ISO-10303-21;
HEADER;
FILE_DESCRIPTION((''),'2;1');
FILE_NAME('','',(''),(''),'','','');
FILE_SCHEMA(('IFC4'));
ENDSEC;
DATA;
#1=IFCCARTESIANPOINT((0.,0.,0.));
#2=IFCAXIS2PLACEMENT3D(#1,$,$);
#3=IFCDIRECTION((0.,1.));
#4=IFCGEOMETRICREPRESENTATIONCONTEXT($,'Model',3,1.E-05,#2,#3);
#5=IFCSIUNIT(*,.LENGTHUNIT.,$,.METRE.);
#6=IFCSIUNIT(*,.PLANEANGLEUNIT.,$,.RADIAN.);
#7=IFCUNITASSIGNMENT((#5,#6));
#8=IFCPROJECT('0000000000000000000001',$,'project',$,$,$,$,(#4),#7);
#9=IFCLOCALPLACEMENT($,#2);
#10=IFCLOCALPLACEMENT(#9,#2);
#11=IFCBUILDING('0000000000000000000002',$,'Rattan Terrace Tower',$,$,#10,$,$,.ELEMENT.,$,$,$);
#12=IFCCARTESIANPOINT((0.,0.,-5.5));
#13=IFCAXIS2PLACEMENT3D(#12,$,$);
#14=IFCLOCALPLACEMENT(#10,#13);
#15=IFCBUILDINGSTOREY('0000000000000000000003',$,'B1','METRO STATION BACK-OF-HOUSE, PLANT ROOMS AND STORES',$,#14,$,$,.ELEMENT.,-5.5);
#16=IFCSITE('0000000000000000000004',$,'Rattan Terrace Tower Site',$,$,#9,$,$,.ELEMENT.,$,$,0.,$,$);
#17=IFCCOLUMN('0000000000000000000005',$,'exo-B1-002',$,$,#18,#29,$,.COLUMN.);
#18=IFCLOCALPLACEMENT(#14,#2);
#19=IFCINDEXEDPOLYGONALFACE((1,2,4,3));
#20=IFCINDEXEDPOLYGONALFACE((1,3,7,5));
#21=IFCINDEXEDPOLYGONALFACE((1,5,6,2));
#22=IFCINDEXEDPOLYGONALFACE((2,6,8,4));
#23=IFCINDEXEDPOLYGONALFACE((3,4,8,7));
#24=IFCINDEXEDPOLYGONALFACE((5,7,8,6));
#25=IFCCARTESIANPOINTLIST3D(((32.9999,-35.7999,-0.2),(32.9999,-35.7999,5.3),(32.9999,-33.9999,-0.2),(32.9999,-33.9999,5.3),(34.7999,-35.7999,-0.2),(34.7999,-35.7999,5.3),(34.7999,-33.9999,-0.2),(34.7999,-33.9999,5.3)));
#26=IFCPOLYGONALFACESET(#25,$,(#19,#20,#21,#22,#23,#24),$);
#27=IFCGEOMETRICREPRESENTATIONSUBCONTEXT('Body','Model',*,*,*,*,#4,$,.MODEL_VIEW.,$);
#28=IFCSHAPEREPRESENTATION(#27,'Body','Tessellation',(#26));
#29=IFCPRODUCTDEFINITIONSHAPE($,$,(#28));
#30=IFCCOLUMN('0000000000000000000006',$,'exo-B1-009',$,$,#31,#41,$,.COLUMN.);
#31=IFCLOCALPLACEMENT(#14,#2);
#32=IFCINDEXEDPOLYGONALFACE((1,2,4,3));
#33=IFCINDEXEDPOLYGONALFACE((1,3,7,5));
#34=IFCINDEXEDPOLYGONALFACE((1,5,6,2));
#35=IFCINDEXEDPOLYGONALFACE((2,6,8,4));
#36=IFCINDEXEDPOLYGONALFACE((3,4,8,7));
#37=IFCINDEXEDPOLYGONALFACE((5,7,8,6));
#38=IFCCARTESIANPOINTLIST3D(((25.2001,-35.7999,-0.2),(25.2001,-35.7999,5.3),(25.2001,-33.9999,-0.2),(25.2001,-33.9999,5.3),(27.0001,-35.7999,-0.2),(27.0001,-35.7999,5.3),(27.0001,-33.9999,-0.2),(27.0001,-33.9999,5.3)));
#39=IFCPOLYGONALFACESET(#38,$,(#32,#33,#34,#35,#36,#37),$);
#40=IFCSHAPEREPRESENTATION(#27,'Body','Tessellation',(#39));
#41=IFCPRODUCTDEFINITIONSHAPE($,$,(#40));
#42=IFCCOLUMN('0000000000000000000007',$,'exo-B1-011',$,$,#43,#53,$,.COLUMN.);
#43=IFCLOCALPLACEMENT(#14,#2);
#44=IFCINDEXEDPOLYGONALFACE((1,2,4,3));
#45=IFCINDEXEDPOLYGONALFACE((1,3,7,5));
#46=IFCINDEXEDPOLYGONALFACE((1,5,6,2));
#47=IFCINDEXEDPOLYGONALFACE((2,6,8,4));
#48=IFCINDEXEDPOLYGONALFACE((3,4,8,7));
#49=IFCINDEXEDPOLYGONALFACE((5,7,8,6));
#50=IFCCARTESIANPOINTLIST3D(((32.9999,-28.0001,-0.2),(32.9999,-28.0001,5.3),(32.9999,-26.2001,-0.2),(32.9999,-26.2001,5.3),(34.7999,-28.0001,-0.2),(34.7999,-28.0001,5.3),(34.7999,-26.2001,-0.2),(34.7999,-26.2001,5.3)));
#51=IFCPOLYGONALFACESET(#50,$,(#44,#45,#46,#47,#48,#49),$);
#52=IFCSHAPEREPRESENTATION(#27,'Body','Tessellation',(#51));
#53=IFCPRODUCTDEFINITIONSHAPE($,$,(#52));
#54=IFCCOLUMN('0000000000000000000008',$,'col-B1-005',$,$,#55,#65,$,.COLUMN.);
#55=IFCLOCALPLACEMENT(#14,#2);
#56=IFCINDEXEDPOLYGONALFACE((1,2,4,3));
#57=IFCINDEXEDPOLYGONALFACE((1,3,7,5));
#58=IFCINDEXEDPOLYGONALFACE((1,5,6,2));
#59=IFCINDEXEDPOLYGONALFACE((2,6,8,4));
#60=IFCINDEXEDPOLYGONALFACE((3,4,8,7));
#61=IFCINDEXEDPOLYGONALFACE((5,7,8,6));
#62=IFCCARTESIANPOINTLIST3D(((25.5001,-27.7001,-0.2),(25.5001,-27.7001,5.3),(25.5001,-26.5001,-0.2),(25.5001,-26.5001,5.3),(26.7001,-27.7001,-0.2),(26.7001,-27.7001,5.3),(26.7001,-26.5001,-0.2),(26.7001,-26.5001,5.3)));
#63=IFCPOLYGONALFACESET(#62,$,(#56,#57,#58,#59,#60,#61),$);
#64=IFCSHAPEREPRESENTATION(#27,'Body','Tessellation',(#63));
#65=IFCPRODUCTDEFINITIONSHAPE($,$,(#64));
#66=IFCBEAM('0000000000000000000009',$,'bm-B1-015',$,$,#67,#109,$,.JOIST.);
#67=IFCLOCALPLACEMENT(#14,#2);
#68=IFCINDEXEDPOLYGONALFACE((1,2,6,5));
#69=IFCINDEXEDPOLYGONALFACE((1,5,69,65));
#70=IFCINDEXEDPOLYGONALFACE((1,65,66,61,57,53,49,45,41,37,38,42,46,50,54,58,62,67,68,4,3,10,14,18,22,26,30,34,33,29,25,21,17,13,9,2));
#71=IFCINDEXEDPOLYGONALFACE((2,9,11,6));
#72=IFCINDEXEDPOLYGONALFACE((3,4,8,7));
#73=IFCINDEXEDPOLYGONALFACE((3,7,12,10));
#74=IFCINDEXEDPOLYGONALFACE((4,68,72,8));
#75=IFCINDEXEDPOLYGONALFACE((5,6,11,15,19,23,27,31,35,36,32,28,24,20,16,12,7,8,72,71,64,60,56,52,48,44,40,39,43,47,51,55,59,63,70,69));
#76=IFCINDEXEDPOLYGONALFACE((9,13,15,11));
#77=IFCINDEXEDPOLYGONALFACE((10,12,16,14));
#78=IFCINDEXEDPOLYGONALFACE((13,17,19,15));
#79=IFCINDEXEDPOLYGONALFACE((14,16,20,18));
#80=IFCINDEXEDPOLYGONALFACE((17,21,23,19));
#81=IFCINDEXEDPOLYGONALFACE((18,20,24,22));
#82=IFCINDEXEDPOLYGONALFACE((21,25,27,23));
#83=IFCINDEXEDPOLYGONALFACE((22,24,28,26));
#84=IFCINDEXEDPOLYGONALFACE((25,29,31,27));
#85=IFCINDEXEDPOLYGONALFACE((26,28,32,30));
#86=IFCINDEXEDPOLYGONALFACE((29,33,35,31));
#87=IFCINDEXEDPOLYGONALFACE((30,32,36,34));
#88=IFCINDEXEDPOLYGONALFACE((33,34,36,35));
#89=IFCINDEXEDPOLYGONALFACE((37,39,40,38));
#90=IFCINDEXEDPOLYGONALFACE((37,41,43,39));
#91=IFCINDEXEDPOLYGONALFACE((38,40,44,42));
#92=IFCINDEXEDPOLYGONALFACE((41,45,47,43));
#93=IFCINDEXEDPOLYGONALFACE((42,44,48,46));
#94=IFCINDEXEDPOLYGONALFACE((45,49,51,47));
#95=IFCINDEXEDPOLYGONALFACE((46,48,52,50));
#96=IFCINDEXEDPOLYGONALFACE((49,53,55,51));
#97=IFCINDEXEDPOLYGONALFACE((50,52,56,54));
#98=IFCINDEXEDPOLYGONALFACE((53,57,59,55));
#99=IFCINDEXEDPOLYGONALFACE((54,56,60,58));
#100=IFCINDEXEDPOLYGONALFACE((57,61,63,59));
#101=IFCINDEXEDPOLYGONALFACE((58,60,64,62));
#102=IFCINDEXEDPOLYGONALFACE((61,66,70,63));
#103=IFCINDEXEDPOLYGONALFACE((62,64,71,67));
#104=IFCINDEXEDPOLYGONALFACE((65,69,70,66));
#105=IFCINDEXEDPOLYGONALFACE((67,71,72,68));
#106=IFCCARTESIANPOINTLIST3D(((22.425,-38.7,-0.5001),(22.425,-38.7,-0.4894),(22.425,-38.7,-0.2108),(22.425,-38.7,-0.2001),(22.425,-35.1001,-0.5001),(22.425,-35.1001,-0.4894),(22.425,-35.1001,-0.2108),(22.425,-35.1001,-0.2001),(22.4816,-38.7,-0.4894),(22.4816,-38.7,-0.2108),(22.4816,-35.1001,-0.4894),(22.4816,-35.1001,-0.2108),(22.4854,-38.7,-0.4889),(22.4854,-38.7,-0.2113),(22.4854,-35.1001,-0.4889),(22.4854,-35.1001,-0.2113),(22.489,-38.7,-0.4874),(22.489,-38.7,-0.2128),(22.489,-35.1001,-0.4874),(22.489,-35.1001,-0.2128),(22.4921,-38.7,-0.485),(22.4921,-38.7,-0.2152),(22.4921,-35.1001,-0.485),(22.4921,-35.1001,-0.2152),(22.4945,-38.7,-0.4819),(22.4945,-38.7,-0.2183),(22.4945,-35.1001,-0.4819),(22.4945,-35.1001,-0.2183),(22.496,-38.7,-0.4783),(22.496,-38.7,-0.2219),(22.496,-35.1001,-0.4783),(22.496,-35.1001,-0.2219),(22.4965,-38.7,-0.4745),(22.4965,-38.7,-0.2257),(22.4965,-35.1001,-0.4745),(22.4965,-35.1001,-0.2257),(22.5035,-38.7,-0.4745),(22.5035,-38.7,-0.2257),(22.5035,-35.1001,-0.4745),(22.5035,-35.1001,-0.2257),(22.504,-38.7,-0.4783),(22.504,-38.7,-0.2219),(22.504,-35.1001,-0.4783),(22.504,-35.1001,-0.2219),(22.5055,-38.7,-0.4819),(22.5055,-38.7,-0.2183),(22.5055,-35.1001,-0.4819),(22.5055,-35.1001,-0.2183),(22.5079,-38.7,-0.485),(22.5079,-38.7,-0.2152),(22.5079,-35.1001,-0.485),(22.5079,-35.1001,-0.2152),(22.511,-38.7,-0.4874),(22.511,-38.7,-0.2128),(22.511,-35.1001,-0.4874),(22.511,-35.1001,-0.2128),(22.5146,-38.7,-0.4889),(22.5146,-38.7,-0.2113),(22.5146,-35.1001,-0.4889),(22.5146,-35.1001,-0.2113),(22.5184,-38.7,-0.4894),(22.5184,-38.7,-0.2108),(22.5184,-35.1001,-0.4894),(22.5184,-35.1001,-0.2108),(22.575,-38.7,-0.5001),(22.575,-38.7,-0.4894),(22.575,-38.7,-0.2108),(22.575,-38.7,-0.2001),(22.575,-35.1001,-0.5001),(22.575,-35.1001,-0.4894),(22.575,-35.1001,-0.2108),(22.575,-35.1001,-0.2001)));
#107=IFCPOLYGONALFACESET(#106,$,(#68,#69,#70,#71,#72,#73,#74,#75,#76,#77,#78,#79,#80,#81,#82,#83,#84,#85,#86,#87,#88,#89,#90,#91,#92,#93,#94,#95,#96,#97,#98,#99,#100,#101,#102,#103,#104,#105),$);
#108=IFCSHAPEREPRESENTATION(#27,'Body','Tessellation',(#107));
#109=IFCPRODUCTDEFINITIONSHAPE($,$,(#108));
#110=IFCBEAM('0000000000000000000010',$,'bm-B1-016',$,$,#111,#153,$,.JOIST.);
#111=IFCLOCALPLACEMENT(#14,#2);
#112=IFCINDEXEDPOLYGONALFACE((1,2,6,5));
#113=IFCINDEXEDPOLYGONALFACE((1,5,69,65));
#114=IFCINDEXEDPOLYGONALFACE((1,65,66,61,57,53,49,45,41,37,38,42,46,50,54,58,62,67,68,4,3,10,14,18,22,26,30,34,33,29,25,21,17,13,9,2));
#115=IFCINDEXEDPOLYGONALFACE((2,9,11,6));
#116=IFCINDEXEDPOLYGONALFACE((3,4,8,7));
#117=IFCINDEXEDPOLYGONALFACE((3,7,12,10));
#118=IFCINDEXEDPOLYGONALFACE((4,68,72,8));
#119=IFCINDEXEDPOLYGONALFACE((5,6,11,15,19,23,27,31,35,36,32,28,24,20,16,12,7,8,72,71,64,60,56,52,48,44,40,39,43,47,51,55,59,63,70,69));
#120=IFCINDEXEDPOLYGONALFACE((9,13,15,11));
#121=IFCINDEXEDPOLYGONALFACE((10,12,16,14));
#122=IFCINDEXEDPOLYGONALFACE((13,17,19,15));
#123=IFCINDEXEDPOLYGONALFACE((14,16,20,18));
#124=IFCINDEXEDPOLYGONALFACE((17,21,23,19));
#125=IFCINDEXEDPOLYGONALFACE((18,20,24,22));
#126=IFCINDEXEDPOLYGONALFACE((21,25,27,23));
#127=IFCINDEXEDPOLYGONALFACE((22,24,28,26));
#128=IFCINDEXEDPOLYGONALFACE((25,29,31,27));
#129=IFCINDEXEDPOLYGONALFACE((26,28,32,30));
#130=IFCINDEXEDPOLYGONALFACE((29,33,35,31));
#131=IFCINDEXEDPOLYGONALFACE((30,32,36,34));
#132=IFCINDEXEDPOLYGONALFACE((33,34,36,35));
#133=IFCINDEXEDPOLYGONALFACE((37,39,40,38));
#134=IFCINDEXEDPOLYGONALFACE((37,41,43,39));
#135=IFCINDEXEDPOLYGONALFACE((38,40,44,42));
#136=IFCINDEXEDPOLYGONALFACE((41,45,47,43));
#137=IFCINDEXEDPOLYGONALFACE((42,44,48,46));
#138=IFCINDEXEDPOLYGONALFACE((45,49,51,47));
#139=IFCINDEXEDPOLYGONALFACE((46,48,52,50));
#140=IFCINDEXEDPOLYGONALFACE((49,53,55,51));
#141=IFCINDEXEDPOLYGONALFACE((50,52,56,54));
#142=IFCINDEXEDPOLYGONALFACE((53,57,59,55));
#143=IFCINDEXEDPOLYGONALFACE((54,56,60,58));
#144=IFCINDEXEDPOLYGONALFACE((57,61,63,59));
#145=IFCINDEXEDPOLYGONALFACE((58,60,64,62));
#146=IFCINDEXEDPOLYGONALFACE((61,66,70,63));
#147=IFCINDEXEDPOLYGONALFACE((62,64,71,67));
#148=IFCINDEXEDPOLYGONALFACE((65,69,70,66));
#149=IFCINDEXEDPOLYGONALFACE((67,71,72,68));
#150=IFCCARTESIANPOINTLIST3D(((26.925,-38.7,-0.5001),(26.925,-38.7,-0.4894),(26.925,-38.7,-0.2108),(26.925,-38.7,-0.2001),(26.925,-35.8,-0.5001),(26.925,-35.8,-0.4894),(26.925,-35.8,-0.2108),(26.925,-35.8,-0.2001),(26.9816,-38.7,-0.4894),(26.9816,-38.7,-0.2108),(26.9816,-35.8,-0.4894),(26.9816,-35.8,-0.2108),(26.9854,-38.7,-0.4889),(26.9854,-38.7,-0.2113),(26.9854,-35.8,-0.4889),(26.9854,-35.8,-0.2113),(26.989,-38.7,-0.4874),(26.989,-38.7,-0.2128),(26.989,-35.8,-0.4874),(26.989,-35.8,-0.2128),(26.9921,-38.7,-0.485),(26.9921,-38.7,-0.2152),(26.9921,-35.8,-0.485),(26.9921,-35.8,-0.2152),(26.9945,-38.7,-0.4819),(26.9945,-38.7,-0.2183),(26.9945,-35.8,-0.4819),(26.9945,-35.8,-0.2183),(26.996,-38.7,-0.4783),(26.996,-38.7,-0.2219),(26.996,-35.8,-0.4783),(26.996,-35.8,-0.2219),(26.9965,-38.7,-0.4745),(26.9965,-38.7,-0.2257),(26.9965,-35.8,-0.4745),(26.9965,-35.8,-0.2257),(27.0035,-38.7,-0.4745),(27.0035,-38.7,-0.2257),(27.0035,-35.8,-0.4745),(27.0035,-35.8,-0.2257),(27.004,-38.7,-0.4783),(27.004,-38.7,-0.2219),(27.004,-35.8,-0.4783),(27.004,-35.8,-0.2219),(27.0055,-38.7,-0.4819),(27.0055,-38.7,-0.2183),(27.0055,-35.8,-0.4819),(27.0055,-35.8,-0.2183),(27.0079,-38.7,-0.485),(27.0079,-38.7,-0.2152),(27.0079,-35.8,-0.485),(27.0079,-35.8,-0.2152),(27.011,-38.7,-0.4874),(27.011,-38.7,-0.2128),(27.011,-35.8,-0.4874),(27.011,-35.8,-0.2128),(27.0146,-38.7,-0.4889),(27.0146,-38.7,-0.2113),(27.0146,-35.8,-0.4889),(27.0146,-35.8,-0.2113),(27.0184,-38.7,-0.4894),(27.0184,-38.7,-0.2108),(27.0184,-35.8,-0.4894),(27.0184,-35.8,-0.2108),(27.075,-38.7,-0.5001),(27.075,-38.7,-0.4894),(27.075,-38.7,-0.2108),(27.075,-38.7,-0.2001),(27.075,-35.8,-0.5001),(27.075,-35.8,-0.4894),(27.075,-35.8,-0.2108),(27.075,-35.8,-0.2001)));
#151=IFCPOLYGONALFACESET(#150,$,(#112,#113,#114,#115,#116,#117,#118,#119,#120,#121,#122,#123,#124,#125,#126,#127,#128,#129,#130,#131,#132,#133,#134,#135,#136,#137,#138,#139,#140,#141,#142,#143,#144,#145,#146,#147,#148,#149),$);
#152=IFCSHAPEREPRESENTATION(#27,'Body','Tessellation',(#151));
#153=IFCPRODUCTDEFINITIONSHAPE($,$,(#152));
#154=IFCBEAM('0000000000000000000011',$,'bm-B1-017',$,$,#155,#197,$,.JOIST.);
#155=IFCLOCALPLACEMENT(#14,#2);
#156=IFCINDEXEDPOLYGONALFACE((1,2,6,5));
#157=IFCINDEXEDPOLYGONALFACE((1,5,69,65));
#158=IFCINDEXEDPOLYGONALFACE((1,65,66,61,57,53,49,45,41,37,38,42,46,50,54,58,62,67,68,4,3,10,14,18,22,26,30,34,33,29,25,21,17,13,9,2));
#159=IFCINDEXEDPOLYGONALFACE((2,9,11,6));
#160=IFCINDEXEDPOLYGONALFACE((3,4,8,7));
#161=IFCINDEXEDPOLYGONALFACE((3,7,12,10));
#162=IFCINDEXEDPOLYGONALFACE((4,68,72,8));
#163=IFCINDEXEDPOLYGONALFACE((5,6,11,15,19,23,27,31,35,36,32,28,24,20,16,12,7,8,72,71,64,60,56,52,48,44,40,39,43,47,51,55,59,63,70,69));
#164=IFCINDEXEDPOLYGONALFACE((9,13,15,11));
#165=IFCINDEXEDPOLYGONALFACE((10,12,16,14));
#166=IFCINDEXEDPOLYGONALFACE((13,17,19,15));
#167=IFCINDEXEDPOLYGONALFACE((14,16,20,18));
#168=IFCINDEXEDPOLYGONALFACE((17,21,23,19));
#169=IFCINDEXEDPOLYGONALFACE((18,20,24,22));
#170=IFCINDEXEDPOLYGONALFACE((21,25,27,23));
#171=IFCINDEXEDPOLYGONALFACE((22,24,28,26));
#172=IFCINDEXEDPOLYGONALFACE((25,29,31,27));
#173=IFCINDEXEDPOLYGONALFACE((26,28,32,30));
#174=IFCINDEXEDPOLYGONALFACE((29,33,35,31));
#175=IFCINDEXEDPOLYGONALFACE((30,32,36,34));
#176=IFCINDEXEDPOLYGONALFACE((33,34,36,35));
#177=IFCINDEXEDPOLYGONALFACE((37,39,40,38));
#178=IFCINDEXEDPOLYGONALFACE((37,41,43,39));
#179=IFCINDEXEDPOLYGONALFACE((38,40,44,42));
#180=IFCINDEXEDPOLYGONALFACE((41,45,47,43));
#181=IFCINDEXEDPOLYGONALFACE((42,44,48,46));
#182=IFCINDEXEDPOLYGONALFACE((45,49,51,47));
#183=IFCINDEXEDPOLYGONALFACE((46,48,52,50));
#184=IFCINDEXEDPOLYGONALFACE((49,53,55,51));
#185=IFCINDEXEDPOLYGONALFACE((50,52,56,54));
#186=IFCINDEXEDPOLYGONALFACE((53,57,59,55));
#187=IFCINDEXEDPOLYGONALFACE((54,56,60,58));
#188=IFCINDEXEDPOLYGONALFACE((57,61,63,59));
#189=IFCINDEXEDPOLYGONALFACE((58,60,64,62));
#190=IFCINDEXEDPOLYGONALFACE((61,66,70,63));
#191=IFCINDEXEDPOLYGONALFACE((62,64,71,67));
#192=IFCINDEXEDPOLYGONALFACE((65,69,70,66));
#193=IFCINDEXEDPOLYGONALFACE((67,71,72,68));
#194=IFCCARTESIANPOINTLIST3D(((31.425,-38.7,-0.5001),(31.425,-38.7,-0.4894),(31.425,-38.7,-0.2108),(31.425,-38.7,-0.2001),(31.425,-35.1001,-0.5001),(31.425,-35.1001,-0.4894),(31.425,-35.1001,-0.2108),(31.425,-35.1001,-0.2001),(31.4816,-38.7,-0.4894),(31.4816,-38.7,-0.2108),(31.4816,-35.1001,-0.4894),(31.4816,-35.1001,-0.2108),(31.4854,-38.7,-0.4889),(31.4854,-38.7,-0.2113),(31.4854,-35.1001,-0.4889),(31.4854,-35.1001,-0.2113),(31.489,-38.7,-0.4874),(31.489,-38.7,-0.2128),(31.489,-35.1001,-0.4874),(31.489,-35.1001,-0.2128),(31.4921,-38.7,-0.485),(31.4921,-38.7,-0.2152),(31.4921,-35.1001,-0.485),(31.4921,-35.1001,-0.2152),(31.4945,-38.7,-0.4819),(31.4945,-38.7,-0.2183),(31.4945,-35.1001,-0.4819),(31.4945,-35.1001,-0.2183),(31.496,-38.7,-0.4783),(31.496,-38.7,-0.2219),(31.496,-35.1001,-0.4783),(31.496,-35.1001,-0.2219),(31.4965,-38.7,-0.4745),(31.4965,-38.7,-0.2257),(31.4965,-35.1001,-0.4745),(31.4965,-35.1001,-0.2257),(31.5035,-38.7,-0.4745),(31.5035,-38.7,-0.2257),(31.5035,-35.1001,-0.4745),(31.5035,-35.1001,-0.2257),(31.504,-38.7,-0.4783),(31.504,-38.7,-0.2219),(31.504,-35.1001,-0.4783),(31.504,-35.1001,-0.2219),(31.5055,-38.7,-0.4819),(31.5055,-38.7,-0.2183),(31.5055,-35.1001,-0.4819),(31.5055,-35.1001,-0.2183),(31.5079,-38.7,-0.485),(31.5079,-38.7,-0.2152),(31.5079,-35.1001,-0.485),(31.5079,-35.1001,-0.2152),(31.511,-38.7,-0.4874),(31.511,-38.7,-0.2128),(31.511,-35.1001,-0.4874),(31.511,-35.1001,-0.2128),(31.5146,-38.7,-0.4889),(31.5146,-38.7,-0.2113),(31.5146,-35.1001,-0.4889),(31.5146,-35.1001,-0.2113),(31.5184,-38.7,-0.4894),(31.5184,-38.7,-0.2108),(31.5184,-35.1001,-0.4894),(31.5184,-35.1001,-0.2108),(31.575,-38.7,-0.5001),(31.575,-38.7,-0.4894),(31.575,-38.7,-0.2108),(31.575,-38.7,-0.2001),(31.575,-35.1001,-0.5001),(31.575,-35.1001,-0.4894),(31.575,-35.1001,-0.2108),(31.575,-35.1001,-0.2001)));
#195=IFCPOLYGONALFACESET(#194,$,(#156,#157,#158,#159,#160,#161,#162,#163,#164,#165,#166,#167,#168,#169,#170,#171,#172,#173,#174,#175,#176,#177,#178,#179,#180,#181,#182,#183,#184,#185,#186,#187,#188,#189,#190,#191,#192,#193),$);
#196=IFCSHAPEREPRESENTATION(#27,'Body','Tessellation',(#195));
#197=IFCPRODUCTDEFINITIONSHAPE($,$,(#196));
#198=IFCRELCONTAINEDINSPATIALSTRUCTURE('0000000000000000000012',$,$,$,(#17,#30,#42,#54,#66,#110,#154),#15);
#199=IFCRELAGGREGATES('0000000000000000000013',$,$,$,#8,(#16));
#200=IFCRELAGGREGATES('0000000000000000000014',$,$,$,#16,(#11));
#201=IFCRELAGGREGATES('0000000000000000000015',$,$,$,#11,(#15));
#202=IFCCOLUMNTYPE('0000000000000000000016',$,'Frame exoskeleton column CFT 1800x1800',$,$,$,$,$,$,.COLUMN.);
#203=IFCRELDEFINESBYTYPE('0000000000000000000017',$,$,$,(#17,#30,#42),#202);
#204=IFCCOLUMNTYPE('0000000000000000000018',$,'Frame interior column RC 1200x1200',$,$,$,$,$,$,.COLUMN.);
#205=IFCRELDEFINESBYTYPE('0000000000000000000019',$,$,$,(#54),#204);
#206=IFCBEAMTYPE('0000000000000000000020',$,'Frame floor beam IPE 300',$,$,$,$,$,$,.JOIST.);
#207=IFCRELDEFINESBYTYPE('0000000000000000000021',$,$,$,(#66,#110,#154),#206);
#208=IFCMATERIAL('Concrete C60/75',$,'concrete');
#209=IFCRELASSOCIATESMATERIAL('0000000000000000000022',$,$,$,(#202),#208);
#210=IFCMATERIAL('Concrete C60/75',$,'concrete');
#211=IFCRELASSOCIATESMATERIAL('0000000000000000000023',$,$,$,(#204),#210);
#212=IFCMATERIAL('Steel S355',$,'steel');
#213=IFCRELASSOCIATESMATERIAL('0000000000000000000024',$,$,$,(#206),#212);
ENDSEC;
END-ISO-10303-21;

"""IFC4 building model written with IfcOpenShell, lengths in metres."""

from ifc_helpers import new_model, si_unit, direction, frame, origin, origin_2d, place, context, subcontext, project, spatial, rectangle, i_section, extrude, material, material_profile, profile_set, type_object, element, save


model = new_model("IFC4")

# Units and contexts
model_context = context("Model", 3, precision=1e-05, world=origin(), true_north=direction((0.0, 1.0)))
body_context = subcontext(model_context, "Body", "Model", "MODEL_VIEW")
ifc_project = project(units=[si_unit("LENGTHUNIT", "METRE"), si_unit("PLANEANGLEUNIT", "RADIAN")], contexts=[model_context])

# Site, building, storey
site_placement = place(None, origin())
site = spatial("IfcSite", under=ifc_project, at=site_placement, Name="Rattan Terrace Tower Site", CompositionType="ELEMENT", RefElevation=0.0)
building_placement = place(site_placement, origin())
building = spatial("IfcBuilding", under=site, at=building_placement, Name="Rattan Terrace Tower", CompositionType="ELEMENT")
storey_placement = place(building_placement, frame((0.0, 0.0, -5.5)))
storey = spatial("IfcBuildingStorey", under=building, at=storey_placement, Name="B1", Description="METRO STATION BACK-OF-HOUSE, PLANT ROOMS AND STORES", CompositionType="ELEMENT", Elevation=-5.5)

# Columns
ifc_material_1 = material(Name="Concrete C60/75", Category="concrete")
ifc_material_profile_1 = material_profile(ifc_material_1, rectangle(XDim=1.8, YDim=1.8, at=origin_2d()), Name="CFT 1800x1800")
ifc_profile_set_1 = profile_set([ifc_material_profile_1], Name="Concrete C60/75")
column_type_1 = type_object("IfcColumnType", Name="Frame exoskeleton column CFT 1800x1800", PredefinedType="COLUMN", material=ifc_profile_set_1)
for number, where, z_axis, x_axis, name in (
    (1, (33.8999, -34.8999, -0.2), (0.0, 0.0, 1.0), (1.0, 0.0, 0.0), "exo-B1-002"),
    (2, (26.1001, -34.8999, -0.2), (0.0, 0.0, 1.0), (1.0, 0.0, 0.0), "exo-B1-009"),
    (3, (33.8999, -27.1001, -0.2), (0.0, 0.0, 1.0), (0.0, 1.0, 0.0), "exo-B1-011"),
):
    element("IfcColumn", number, at=place(storey_placement, frame(where, z_axis=z_axis, x_axis=x_axis)), inside=storey, type_object=column_type_1, Name=name, PredefinedType="COLUMN", context=body_context, shape_type="SweptSolid", body=[
        extrude(rectangle(XDim=1.8, YDim=1.8, at=origin_2d()), origin(), (0.0, 0.0, 1.0), 5.5),
    ])
ifc_material_2 = material(Name="Concrete C60/75", Category="concrete")
ifc_material_profile_2 = material_profile(ifc_material_2, rectangle(XDim=1.2, YDim=1.2, at=origin_2d()), Name="RC 1200x1200")
ifc_profile_set_2 = profile_set([ifc_material_profile_2], Name="Concrete C60/75")
column_type_2 = type_object("IfcColumnType", Name="Frame interior column RC 1200x1200", PredefinedType="COLUMN", material=ifc_profile_set_2)
column_placement = place(storey_placement, frame((26.1001, -27.1001, -0.2), z_axis=(0.0, 0.0, 1.0), x_axis=(1.0, 0.0, 0.0)))
element("IfcColumn", 4, at=column_placement, inside=storey, type_object=column_type_2, Name="col-B1-005", PredefinedType="COLUMN", context=body_context, shape_type="SweptSolid", body=[
    extrude(rectangle(XDim=1.2, YDim=1.2, at=origin_2d()), origin(), (0.0, 0.0, 1.0), 5.5),
])

# Beams
ifc_material_3 = material(Name="Steel S355", Category="steel")
ifc_material_profile_3 = material_profile(ifc_material_3, i_section(OverallWidth=0.1499, OverallDepth=0.3, WebThickness=0.0071, FlangeThickness=0.0107, FilletRadius=0.0149, at=origin_2d()), Name="IPE 300")
ifc_profile_set_3 = profile_set([ifc_material_profile_3], Name="Steel S355")
beam_type_1 = type_object("IfcBeamType", Name="Frame floor beam IPE 300", PredefinedType="JOIST", material=ifc_profile_set_3)
beam_1_placement = place(storey_placement, frame((22.5, -38.7, -0.3501), z_axis=(0.0, 1.0, 0.0), x_axis=(-1.0, 0.0, 0.0)))
element("IfcBeam", 5, at=beam_1_placement, inside=storey, type_object=beam_type_1, Name="bm-B1-015", PredefinedType="JOIST", context=body_context, shape_type="SweptSolid", body=[
    extrude(i_section(OverallWidth=0.1499, OverallDepth=0.3, WebThickness=0.0071, FlangeThickness=0.0107, FilletRadius=0.0149, at=origin_2d()), origin(), (0.0, 0.0, 1.0), 3.5999),
])
beam_2_placement = place(storey_placement, frame((27.0, -38.7, -0.3501), z_axis=(0.0, 1.0, 0.0), x_axis=(-1.0, 0.0, 0.0)))
element("IfcBeam", 6, at=beam_2_placement, inside=storey, type_object=beam_type_1, Name="bm-B1-016", PredefinedType="JOIST", context=body_context, shape_type="SweptSolid", body=[
    extrude(i_section(OverallWidth=0.1499, OverallDepth=0.3, WebThickness=0.0071, FlangeThickness=0.0107, FilletRadius=0.0149, at=origin_2d()), origin(), (0.0, 0.0, 1.0), 2.8999),
])
beam_3_placement = place(storey_placement, frame((31.5, -38.7, -0.3501), z_axis=(0.0, 1.0, 0.0), x_axis=(-1.0, 0.0, 0.0)))
element("IfcBeam", 7, at=beam_3_placement, inside=storey, type_object=beam_type_1, Name="bm-B1-017", PredefinedType="JOIST", context=body_context, shape_type="SweptSolid", body=[
    extrude(i_section(OverallWidth=0.1499, OverallDepth=0.3, WebThickness=0.0071, FlangeThickness=0.0107, FilletRadius=0.0149, at=origin_2d()), origin(), (0.0, 0.0, 1.0), 3.5999),
])

save(model, "model.ifc")
